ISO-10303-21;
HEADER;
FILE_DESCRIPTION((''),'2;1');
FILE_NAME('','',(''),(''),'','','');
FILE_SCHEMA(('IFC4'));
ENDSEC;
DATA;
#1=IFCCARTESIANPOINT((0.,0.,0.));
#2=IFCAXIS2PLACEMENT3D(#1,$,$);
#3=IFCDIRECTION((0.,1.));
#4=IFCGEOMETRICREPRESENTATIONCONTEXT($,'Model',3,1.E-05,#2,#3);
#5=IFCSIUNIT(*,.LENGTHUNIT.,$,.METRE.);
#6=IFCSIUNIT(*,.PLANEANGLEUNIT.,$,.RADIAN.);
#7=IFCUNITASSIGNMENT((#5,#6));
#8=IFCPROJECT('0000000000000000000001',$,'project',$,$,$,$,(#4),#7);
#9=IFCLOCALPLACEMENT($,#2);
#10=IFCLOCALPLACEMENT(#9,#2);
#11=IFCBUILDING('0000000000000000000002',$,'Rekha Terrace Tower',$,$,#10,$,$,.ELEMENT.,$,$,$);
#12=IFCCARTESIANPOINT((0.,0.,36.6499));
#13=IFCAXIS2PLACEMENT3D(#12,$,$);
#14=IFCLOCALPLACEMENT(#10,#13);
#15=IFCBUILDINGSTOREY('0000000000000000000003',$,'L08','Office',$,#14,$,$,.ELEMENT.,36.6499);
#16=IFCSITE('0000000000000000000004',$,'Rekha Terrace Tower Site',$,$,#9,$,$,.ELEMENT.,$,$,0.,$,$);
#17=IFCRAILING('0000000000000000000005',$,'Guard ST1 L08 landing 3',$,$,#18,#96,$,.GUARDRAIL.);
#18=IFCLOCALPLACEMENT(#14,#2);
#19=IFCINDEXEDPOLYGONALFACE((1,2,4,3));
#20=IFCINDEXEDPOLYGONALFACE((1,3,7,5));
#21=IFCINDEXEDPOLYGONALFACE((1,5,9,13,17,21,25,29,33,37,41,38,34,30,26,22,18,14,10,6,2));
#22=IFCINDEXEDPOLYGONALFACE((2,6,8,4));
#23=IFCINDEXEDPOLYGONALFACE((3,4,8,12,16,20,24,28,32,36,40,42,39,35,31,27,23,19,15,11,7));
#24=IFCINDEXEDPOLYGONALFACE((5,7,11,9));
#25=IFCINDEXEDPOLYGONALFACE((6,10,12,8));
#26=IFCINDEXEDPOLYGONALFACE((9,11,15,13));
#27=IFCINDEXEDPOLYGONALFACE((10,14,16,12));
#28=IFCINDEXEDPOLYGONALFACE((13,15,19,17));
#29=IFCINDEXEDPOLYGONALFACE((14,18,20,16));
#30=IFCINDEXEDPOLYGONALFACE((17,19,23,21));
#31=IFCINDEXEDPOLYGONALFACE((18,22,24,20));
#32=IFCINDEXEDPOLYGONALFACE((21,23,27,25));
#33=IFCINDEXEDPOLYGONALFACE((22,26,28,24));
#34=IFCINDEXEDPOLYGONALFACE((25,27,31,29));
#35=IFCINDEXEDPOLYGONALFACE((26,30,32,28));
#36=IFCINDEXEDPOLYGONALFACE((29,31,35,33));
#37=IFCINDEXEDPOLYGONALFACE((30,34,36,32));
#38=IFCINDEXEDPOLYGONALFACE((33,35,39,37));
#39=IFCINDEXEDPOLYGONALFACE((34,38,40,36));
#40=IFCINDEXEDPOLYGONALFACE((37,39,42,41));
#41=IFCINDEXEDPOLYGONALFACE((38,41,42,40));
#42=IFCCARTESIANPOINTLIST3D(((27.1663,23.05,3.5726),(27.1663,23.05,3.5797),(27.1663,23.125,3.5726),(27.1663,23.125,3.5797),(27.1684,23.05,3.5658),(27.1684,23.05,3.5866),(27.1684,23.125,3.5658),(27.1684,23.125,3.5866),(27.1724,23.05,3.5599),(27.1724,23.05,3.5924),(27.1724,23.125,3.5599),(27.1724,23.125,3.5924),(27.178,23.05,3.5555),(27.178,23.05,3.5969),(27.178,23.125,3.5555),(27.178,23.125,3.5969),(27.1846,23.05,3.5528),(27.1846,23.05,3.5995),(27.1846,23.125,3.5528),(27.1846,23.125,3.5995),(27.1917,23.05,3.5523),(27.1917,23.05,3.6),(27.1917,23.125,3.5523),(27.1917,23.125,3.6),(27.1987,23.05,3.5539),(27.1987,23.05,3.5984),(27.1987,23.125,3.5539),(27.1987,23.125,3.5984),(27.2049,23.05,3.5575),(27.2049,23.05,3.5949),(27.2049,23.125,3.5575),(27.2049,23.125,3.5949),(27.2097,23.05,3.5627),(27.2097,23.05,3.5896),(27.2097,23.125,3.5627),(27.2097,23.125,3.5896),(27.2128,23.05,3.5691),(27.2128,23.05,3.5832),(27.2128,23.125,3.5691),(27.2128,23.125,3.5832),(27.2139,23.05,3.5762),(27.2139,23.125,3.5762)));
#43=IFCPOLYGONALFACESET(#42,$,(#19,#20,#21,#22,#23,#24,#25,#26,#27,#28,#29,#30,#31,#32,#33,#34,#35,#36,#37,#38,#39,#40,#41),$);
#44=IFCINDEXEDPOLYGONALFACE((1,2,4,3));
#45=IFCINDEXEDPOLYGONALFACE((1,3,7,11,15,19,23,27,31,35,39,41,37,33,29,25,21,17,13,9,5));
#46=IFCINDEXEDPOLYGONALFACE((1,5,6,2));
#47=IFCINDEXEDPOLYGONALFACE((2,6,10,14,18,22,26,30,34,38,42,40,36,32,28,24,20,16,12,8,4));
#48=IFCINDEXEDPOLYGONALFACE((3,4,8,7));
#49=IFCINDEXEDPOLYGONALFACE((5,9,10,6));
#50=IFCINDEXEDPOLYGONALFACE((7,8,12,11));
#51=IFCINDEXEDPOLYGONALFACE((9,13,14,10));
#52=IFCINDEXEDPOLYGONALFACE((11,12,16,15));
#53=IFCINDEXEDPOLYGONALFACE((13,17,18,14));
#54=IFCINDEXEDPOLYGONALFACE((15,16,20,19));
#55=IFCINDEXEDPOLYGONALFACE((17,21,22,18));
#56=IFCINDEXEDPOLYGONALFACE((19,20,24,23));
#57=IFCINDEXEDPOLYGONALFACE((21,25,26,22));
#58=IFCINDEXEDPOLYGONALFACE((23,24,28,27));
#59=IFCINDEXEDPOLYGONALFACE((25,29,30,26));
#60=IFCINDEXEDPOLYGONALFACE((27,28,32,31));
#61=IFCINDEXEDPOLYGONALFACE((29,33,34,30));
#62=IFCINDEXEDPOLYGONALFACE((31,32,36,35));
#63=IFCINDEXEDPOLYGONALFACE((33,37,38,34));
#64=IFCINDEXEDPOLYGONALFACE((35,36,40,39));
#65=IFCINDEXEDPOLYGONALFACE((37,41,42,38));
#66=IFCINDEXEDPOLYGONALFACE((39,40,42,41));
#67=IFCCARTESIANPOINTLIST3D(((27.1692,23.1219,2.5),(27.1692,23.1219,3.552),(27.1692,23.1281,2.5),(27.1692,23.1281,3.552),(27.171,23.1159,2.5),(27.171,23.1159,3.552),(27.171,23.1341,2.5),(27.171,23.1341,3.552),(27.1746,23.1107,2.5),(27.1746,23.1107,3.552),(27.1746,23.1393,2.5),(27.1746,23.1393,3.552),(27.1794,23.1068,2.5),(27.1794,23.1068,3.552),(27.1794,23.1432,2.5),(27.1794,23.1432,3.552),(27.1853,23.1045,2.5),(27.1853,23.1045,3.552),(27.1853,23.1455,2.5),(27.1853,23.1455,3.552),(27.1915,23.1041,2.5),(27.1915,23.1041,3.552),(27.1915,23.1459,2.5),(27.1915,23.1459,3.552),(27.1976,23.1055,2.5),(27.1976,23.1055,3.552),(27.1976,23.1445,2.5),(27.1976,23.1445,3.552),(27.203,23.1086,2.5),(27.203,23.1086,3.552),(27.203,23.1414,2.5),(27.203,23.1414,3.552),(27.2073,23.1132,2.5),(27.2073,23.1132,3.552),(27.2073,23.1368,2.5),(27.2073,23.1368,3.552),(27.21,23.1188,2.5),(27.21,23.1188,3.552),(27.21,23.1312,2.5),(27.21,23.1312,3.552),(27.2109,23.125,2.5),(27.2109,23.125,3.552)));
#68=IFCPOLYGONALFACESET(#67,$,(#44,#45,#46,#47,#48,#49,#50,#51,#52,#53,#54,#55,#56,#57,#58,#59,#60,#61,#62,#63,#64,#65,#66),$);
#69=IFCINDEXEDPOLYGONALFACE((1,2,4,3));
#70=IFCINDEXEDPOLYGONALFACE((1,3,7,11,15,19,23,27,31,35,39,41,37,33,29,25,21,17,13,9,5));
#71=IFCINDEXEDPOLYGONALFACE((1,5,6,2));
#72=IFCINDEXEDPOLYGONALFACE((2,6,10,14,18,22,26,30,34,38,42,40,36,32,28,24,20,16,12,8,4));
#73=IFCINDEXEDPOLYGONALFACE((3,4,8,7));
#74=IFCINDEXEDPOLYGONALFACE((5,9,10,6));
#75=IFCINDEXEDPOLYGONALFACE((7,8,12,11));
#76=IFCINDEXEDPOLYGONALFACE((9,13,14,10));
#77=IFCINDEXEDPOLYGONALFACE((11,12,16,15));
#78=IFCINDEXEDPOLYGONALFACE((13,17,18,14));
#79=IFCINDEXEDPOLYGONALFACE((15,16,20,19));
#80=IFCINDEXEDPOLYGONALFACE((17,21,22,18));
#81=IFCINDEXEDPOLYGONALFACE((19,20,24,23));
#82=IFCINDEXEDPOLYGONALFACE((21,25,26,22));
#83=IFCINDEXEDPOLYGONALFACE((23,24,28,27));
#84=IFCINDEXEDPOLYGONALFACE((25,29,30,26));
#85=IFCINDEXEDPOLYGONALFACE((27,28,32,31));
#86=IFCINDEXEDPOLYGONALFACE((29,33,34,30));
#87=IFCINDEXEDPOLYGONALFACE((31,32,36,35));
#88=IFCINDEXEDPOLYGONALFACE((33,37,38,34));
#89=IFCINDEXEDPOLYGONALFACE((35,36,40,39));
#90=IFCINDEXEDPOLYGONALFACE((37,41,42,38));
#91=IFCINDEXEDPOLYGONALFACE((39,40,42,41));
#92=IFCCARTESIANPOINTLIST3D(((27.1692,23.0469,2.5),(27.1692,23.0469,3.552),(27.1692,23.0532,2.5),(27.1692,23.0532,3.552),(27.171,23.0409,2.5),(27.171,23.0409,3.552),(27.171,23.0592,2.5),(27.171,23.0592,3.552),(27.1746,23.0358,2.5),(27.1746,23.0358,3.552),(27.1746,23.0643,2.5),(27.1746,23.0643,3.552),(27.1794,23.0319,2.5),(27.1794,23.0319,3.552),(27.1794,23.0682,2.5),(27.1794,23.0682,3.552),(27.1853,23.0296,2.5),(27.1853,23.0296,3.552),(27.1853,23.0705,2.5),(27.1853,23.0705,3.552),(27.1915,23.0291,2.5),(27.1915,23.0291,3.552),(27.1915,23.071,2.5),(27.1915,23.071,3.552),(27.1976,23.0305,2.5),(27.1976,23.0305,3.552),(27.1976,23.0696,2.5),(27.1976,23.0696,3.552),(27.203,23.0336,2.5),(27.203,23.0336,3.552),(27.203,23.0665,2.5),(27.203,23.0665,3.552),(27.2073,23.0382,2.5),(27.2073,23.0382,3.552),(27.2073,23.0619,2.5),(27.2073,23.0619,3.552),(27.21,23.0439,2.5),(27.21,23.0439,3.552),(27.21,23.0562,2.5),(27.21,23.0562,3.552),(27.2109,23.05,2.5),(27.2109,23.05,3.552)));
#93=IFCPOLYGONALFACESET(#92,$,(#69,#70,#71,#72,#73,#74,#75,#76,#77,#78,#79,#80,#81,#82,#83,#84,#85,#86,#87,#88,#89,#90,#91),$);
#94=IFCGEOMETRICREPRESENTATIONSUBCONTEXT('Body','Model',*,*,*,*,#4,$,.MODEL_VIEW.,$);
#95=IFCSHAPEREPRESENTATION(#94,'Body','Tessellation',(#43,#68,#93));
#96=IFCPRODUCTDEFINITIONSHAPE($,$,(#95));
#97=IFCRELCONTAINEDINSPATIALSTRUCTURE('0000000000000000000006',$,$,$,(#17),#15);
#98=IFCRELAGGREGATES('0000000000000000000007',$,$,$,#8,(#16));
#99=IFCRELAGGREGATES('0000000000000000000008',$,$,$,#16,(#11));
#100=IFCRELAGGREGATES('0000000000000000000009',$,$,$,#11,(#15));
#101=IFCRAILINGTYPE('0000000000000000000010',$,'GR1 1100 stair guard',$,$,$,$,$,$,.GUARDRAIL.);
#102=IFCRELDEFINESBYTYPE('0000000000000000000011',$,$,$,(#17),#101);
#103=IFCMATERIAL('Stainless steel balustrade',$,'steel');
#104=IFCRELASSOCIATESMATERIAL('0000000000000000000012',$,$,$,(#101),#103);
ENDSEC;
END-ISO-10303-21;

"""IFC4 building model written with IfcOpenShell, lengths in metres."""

from ifc_helpers import new_model, si_unit, direction, frame, origin, origin_2d, place, context, subcontext, project, spatial, circle, extrude, material, type_object, element, save


model = new_model("IFC4")

# Units and contexts
model_context = context("Model", 3, precision=1e-05, world=origin(), true_north=direction((0.0, 1.0)))
body_context = subcontext(model_context, "Body", "Model", "MODEL_VIEW")
ifc_project = project(units=[si_unit("LENGTHUNIT", "METRE"), si_unit("PLANEANGLEUNIT", "RADIAN")], contexts=[model_context])

# Site, building, storey
site_placement = place(None, origin())
site = spatial("IfcSite", under=ifc_project, at=site_placement, Name="Rekha Terrace Tower Site", CompositionType="ELEMENT", RefElevation=0.0)
building_placement = place(site_placement, origin())
building = spatial("IfcBuilding", under=site, at=building_placement, Name="Rekha Terrace Tower", CompositionType="ELEMENT")
storey_placement = place(building_placement, frame((0.0, 0.0, 36.6499)))
storey = spatial("IfcBuildingStorey", under=building, at=storey_placement, Name="L08", Description="Office", CompositionType="ELEMENT", Elevation=36.6499)

# Railing
ifc_material_1 = material(Name="Stainless steel balustrade", Category="steel")
railing_type_1 = type_object("IfcRailingType", Name="GR1 1100 stair guard", PredefinedType="GUARDRAIL", material=ifc_material_1)
railing_1_placement = place(storey_placement, frame((27.1899, 23.125, 2.5)))
element("IfcRailing", 1, at=railing_1_placement, inside=storey, type_object=railing_type_1, Name="Guard ST1 L08 landing 3", PredefinedType="GUARDRAIL", context=body_context, shape_type="SweptSolid", body=[
    extrude(circle(Radius=0.0239, at=origin_2d()), frame((0.0, 0.0, 1.0762), z_axis=(0.0, -1.0, 0.0), x_axis=(1.0, 0.0, 0.0)), (0.0, 0.0, 1.0), 0.075),
    extrude(circle(Radius=0.021, at=origin_2d()), origin(), (0.0, 0.0, 1.0), 1.052),
    extrude(circle(Radius=0.021, at=origin_2d()), frame((0.0, -0.075, 0.0)), (0.0, 0.0, 1.0), 1.052),
])

save(model, "model.ifc")
